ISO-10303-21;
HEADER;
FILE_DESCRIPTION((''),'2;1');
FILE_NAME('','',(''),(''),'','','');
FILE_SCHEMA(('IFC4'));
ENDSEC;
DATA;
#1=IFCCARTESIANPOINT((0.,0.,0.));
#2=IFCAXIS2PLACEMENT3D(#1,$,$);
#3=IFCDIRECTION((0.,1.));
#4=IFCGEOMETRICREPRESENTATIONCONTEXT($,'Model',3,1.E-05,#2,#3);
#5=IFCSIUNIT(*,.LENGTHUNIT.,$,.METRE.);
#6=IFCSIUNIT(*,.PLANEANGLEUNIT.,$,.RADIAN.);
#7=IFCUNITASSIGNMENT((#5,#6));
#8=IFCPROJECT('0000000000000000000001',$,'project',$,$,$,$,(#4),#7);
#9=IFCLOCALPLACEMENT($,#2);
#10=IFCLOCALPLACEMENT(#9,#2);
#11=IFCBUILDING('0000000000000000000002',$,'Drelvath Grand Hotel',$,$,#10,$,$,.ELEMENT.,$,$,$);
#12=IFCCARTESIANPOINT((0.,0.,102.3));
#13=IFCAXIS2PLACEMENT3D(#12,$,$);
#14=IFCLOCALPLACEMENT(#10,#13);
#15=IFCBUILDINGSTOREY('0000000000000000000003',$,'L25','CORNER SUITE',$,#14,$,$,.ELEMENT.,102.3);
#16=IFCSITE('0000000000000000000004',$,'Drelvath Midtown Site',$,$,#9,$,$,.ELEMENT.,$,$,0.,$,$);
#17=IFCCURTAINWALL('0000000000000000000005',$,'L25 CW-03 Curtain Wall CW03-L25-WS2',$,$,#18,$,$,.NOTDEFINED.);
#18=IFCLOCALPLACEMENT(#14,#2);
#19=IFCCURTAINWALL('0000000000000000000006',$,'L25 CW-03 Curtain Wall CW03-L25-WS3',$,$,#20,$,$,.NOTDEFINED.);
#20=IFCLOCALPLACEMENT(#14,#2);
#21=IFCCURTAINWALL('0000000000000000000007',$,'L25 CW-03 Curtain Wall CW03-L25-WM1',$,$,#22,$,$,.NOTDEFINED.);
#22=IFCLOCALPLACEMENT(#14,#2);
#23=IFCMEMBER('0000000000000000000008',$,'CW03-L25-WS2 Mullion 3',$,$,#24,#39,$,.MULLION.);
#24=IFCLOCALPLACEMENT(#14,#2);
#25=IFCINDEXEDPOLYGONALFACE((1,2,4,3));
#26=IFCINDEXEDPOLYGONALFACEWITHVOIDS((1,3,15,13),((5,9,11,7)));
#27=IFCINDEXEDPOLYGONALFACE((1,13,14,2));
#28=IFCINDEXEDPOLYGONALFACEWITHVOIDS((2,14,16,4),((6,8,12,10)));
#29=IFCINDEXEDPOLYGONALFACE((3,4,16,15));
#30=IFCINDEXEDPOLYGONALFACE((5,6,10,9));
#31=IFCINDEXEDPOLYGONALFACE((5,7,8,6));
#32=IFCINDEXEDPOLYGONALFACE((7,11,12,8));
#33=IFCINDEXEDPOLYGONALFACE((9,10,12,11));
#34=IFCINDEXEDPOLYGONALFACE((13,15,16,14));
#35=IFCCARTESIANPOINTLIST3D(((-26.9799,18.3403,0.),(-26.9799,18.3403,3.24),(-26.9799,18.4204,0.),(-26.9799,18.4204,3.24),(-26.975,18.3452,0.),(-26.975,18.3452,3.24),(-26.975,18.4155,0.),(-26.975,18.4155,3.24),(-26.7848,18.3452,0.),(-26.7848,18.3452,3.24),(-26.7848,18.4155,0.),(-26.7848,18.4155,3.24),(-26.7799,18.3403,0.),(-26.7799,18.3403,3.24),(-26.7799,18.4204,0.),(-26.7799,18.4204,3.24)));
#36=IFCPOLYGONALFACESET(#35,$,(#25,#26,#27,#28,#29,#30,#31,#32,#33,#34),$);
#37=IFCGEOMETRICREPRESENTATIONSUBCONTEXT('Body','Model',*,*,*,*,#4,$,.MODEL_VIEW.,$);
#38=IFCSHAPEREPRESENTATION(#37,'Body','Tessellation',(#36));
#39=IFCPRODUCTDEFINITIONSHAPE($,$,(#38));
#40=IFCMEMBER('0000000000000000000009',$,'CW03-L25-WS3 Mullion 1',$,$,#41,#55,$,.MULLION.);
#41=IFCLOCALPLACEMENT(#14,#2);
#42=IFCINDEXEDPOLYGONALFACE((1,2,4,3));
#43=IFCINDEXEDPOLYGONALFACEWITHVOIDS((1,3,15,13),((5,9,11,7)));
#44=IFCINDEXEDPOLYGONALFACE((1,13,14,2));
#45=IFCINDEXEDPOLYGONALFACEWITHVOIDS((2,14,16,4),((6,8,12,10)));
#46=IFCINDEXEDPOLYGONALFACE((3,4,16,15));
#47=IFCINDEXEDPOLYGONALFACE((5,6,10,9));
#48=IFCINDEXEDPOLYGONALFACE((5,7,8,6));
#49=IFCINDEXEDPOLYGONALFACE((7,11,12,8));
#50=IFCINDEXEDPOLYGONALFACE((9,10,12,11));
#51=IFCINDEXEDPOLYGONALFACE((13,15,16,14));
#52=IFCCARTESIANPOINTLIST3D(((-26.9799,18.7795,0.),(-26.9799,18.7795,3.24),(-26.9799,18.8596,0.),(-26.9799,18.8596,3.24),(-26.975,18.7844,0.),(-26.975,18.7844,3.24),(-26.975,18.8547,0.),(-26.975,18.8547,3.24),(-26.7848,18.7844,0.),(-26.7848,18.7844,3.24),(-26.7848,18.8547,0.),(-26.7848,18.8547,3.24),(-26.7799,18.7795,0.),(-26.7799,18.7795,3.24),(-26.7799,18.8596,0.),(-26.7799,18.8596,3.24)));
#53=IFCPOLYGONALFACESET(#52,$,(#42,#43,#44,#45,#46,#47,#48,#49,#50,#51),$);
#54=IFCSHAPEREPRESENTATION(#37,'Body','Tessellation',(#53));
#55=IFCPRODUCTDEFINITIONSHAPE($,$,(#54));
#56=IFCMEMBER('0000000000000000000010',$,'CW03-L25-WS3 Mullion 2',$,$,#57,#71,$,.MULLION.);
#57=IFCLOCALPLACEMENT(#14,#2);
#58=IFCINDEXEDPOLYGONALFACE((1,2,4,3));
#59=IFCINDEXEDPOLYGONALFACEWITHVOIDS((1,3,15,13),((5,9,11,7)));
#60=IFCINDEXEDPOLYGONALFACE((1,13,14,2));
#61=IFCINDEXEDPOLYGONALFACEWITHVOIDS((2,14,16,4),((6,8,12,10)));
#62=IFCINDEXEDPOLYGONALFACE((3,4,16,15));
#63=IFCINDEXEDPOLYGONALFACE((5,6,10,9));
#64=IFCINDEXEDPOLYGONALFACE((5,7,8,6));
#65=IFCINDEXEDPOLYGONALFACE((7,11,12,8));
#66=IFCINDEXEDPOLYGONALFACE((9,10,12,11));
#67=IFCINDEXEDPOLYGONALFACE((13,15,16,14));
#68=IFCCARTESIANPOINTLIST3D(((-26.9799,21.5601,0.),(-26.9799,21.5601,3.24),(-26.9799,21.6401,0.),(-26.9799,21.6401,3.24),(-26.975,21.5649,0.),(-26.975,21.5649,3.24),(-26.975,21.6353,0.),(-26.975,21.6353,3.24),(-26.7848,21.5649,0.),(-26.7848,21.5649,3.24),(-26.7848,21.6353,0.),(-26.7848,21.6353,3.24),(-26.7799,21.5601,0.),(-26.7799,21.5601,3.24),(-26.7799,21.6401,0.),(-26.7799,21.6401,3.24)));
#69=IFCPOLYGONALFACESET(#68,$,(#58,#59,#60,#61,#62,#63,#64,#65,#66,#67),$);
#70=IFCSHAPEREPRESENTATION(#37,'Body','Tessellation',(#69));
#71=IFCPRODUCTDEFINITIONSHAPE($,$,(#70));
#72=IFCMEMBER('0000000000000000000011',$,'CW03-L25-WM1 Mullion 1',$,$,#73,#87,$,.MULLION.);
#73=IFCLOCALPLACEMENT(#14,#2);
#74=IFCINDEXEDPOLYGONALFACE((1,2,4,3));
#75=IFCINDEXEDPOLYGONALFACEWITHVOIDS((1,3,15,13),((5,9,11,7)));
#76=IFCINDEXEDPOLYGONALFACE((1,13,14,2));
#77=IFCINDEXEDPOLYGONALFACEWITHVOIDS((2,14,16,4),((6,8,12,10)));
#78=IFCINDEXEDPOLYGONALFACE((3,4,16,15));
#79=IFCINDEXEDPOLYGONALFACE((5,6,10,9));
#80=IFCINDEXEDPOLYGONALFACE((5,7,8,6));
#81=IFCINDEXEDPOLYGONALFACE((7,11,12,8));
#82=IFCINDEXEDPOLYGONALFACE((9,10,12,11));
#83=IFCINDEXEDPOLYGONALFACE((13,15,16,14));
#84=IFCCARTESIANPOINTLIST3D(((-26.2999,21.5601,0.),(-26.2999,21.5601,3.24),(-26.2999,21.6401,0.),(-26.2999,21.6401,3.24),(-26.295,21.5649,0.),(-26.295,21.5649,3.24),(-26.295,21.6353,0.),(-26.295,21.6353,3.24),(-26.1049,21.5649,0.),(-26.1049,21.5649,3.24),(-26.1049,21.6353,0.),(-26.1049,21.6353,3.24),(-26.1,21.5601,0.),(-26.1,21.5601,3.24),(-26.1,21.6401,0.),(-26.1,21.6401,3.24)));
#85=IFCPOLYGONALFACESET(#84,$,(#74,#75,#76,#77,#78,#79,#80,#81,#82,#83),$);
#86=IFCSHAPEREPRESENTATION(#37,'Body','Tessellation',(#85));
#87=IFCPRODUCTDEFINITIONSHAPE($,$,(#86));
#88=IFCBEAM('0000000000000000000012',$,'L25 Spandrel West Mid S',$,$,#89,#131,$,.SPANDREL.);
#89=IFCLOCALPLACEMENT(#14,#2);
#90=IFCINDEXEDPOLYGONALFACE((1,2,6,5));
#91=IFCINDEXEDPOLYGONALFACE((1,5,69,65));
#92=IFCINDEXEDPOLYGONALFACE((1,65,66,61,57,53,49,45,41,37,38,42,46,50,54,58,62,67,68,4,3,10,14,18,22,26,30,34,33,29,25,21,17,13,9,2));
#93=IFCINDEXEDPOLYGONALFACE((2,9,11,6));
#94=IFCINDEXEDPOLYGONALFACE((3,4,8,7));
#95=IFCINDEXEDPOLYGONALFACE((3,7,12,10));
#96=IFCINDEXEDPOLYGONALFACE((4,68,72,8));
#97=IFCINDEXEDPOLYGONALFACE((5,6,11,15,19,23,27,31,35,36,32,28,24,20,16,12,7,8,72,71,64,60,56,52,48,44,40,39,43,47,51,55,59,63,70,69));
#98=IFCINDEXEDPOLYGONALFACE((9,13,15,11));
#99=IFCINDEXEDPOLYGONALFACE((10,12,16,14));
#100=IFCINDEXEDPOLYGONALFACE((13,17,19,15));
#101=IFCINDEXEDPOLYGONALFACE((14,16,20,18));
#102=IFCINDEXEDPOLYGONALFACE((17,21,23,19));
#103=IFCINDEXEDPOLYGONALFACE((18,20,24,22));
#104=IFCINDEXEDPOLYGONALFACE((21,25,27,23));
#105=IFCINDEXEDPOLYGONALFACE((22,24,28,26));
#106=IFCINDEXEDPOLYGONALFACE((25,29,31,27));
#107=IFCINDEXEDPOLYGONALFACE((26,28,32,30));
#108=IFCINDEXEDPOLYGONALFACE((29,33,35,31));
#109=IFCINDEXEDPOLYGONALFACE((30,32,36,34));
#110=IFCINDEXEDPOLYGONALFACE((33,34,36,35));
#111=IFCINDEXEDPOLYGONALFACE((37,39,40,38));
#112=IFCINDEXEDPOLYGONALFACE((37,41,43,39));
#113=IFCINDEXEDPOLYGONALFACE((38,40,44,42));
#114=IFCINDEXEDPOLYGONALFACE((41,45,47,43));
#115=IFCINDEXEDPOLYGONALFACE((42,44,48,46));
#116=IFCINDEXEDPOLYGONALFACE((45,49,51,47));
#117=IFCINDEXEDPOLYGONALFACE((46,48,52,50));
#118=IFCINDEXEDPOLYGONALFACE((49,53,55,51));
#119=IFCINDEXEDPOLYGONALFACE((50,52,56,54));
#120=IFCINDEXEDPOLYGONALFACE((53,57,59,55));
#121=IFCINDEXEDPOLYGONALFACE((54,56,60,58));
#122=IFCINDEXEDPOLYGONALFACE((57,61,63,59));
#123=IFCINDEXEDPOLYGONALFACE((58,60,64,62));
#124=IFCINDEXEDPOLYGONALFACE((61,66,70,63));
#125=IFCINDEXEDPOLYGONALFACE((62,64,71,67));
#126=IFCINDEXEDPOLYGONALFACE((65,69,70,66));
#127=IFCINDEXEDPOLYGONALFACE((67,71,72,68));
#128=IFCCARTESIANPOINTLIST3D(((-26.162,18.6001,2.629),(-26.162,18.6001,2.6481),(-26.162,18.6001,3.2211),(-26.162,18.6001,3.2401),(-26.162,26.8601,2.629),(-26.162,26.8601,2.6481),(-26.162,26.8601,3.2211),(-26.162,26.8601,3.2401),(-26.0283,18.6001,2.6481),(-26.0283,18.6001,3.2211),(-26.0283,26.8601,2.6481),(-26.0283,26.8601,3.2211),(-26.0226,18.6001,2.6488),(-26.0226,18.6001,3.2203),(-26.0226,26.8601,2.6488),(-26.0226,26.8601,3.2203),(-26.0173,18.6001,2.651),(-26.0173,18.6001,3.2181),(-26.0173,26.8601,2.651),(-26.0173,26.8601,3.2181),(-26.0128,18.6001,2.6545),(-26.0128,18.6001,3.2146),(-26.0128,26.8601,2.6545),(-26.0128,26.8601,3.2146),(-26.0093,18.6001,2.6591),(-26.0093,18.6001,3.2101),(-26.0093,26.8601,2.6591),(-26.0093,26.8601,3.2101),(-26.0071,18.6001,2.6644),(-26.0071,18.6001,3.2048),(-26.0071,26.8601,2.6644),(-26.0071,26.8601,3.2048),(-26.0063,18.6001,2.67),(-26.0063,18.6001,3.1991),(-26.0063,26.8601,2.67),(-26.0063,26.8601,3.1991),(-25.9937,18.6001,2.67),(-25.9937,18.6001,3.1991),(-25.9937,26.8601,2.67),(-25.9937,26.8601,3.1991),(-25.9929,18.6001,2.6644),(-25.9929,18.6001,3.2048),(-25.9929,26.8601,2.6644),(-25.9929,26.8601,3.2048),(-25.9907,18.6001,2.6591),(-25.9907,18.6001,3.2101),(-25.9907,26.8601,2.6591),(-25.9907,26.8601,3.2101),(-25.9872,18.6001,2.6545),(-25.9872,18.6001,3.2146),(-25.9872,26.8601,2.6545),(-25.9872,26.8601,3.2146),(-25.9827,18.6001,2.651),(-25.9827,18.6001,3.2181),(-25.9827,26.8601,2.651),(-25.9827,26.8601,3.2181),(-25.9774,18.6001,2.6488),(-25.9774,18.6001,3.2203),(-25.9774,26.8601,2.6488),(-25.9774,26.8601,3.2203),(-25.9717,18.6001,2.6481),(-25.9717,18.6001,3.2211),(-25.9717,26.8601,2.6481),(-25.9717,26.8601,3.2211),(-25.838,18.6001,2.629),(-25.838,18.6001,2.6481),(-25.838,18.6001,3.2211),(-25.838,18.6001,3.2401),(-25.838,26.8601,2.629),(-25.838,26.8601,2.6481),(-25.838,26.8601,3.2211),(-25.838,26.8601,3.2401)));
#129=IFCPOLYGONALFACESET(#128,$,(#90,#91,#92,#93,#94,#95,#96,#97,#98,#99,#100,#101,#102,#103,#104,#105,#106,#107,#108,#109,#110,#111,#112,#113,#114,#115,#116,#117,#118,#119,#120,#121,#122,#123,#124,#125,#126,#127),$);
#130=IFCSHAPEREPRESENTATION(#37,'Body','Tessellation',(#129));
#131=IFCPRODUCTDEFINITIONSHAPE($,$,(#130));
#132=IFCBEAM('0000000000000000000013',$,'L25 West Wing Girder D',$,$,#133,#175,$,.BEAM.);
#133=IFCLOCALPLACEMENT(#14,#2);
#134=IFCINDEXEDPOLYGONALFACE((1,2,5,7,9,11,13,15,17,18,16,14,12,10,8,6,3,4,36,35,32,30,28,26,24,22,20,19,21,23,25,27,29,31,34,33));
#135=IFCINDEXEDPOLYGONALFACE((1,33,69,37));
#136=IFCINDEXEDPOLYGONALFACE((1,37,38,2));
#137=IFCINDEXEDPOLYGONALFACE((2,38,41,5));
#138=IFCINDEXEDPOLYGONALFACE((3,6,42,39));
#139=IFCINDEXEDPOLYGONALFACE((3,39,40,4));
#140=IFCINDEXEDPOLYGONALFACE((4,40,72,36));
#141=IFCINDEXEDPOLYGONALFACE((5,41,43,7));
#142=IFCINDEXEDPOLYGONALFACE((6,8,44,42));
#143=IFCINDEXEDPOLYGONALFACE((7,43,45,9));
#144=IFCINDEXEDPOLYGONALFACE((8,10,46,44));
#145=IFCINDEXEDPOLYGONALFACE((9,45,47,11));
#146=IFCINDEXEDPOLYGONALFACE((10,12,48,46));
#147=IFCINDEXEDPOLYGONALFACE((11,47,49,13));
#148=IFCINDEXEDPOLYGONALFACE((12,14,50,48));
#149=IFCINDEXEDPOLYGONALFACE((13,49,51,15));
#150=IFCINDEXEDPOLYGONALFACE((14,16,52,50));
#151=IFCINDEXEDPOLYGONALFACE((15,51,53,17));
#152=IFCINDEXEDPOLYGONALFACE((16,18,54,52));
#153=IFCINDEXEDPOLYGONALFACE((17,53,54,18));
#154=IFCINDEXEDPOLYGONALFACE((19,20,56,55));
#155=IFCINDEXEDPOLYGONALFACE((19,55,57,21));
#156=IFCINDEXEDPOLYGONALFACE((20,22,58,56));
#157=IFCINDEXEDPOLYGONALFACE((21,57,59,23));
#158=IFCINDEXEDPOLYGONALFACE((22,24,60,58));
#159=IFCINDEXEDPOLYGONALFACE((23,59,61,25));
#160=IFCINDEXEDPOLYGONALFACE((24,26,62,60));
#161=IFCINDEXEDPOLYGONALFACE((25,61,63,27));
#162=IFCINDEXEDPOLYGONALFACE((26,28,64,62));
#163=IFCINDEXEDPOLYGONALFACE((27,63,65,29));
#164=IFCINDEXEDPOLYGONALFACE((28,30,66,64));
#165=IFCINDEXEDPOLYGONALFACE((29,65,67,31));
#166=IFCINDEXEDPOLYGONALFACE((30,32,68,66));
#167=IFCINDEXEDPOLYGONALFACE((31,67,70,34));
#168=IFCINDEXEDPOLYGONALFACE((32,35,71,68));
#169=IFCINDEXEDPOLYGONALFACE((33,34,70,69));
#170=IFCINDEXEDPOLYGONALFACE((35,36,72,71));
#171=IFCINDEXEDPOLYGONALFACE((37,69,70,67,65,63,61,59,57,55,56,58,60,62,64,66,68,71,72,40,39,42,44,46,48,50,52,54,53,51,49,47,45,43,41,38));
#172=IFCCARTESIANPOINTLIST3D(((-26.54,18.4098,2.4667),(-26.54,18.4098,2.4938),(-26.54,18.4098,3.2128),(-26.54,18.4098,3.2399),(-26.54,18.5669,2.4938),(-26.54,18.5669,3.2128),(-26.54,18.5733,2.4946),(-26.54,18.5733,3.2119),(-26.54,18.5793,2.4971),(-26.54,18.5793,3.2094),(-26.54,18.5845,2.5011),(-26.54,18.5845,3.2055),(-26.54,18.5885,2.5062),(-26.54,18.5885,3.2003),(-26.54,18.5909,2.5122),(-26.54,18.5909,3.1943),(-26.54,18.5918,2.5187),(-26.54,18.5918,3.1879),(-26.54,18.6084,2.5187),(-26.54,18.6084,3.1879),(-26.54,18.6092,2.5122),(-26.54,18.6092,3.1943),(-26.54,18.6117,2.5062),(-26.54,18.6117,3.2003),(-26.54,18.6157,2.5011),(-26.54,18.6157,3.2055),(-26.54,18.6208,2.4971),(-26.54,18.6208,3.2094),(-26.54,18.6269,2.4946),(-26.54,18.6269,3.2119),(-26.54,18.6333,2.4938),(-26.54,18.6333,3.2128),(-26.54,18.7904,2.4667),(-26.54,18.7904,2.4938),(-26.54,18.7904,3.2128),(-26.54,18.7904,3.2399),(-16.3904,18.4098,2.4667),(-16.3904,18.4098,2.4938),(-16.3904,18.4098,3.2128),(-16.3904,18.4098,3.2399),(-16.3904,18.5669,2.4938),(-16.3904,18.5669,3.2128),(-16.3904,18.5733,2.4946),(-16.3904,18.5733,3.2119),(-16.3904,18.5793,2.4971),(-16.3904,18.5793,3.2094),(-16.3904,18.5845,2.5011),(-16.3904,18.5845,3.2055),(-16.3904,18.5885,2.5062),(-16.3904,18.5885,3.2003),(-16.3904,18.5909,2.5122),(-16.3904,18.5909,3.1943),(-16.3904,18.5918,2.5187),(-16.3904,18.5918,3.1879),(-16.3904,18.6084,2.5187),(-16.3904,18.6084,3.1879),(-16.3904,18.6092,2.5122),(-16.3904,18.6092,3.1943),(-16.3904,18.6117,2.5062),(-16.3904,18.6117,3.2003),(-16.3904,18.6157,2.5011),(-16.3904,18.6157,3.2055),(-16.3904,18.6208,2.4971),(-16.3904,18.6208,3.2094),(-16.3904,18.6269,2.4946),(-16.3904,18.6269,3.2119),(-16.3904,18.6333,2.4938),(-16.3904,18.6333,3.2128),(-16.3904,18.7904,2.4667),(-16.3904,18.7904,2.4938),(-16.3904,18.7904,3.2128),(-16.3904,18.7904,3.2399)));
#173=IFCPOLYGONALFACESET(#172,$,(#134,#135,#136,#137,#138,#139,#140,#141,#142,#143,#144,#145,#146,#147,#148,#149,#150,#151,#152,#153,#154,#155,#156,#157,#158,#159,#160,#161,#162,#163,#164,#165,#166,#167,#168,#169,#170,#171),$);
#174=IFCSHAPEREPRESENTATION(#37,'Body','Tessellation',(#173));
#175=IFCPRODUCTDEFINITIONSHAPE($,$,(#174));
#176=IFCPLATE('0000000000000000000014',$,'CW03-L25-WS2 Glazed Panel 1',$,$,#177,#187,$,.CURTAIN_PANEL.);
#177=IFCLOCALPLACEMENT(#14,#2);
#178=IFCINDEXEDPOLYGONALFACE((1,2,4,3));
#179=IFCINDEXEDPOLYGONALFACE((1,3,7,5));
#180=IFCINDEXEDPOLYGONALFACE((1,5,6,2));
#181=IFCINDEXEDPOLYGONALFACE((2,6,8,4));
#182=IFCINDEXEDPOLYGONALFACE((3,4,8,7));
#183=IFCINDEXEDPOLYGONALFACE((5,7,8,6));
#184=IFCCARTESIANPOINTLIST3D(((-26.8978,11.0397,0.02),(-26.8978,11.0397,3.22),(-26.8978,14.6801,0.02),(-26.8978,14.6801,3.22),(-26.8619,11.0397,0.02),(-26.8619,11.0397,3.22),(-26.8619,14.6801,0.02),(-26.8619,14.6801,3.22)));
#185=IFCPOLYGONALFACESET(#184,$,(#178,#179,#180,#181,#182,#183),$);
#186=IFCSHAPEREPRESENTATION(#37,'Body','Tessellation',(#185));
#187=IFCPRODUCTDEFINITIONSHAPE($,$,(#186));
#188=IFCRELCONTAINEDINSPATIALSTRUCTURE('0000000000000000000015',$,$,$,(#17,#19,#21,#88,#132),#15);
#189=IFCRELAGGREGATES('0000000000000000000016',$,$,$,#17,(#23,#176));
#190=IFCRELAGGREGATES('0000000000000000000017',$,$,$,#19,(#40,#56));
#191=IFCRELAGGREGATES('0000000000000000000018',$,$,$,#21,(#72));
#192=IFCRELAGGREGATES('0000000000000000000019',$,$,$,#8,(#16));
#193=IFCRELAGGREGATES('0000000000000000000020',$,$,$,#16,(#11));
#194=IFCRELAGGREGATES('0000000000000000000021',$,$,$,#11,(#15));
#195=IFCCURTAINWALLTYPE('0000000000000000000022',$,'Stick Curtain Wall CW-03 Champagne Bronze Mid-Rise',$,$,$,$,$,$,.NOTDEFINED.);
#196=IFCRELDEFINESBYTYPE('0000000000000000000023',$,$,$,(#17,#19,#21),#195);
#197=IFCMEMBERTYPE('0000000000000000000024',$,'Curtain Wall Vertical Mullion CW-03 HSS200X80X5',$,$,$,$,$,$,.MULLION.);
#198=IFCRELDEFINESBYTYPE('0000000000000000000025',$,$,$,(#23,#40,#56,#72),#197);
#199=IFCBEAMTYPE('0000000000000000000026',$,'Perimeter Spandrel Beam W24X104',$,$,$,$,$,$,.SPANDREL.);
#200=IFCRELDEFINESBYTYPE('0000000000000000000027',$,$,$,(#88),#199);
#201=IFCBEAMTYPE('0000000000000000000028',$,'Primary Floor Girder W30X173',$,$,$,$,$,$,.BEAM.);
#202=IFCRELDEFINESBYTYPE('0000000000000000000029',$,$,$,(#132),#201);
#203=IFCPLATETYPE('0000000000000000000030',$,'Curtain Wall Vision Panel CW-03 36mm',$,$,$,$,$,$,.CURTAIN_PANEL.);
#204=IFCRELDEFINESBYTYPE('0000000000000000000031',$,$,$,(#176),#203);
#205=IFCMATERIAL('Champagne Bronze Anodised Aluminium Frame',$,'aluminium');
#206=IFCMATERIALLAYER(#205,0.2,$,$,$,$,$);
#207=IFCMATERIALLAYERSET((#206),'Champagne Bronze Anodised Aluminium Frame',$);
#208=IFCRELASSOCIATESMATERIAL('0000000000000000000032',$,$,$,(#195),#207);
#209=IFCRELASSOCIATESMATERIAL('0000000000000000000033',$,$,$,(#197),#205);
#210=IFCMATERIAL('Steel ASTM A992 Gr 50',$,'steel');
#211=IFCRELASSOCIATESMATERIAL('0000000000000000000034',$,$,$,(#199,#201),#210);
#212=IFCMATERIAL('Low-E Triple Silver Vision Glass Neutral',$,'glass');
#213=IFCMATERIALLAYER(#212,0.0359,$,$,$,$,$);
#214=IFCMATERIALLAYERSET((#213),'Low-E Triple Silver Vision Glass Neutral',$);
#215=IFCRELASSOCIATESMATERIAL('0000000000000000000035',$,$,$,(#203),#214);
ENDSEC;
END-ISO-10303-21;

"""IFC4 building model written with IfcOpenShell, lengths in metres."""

from ifc_helpers import new_model, si_unit, direction, frame, origin, origin_2d, place, context, subcontext, project, spatial, rectangle, hollow_rectangle, i_section, extrude, material, layer, layer_set, material_profile, profile_set, type_object, element, aggregate, save


model = new_model("IFC4")

# Units and contexts
model_context = context("Model", 3, precision=1e-05, world=origin(), true_north=direction((0.0, 1.0)))
body_context = subcontext(model_context, "Body", "Model", "MODEL_VIEW")
ifc_project = project(units=[si_unit("LENGTHUNIT", "METRE"), si_unit("PLANEANGLEUNIT", "RADIAN")], contexts=[model_context])

# Site, building, storey
site_placement = place(None, origin())
site = spatial("IfcSite", under=ifc_project, at=site_placement, Name="Drelvath Midtown Site", CompositionType="ELEMENT", RefElevation=0.0)
building_placement = place(site_placement, origin())
building = spatial("IfcBuilding", under=site, at=building_placement, Name="Drelvath Grand Hotel", CompositionType="ELEMENT")
storey_placement = place(building_placement, frame((0.0, 0.0, 102.3)))
storey = spatial("IfcBuildingStorey", under=building, at=storey_placement, Name="L25", Description="CORNER SUITE", CompositionType="ELEMENT", Elevation=102.3)

# Shared definitions
ifc_material_1 = material(Name="Steel ASTM A992 Gr 50", Category="steel")

# Curtain walls
ifc_material_2 = material(Name="Champagne Bronze Anodised Aluminium Frame", Category="aluminium")
ifc_layer_1 = layer(ifc_material_2, 0.2)
ifc_layer_set_1 = layer_set([ifc_layer_1], Name="Champagne Bronze Anodised Aluminium Frame")
curtain_wall_type = type_object("IfcCurtainWallType", Name="Stick Curtain Wall CW-03 Champagne Bronze Mid-Rise", PredefinedType="NOTDEFINED", material=ifc_layer_set_1)
curtain_wall_1_placement = place(storey_placement, origin())
curtain_wall_1 = element("IfcCurtainWall", 1, at=curtain_wall_1_placement, inside=storey, type_object=curtain_wall_type, Name="L25 CW-03 Curtain Wall CW03-L25-WS2", PredefinedType="NOTDEFINED")
curtain_wall_2_placement = place(storey_placement, origin())
curtain_wall_2 = element("IfcCurtainWall", 2, at=curtain_wall_2_placement, inside=storey, type_object=curtain_wall_type, Name="L25 CW-03 Curtain Wall CW03-L25-WS3", PredefinedType="NOTDEFINED")
curtain_wall_3_placement = place(storey_placement, origin())
curtain_wall_3 = element("IfcCurtainWall", 3, at=curtain_wall_3_placement, inside=storey, type_object=curtain_wall_type, Name="L25 CW-03 Curtain Wall CW03-L25-WM1", PredefinedType="NOTDEFINED")

# Members
ifc_material_profile_1 = material_profile(ifc_material_2, hollow_rectangle(XDim=0.0801, YDim=0.2, WallThickness=0.0049, at=origin_2d()), Name="HSS200X80X5")
ifc_profile_set_1 = profile_set([ifc_material_profile_1], Name="Champagne Bronze Anodised Aluminium Frame")
member_type_1 = type_object("IfcMemberType", Name="Curtain Wall Vertical Mullion CW-03 HSS200X80X5", PredefinedType="MULLION", material=ifc_profile_set_1)
member_1_placement = place(storey_placement, frame((-26.8799, 18.3804, 0.0), z_axis=(0.0, 0.0, 1.0), x_axis=(0.0, 1.0, 0.0)))
member_1 = element("IfcMember", 4, at=member_1_placement, type_object=member_type_1, Name="CW03-L25-WS2 Mullion 3", PredefinedType="MULLION", context=body_context, shape_type="SweptSolid", body=[
    extrude(hollow_rectangle(XDim=0.0801, YDim=0.2, WallThickness=0.0049, at=origin_2d()), origin(), (0.0, 0.0, 1.0), 3.24),
])
member_2_placement = place(storey_placement, frame((-26.8799, 18.8196, 0.0), z_axis=(0.0, 0.0, 1.0), x_axis=(0.0, 1.0, 0.0)))
member_2 = element("IfcMember", 5, at=member_2_placement, type_object=member_type_1, Name="CW03-L25-WS3 Mullion 1", PredefinedType="MULLION", context=body_context, shape_type="SweptSolid", body=[
    extrude(hollow_rectangle(XDim=0.0801, YDim=0.2, WallThickness=0.0049, at=origin_2d()), origin(), (0.0, 0.0, 1.0), 3.24),
])
member_3_placement = place(storey_placement, frame((-26.8799, 21.6001, 0.0), z_axis=(0.0, 0.0, 1.0), x_axis=(0.0, 1.0, 0.0)))
member_3 = element("IfcMember", 6, at=member_3_placement, type_object=member_type_1, Name="CW03-L25-WS3 Mullion 2", PredefinedType="MULLION", context=body_context, shape_type="SweptSolid", body=[
    extrude(hollow_rectangle(XDim=0.0801, YDim=0.2, WallThickness=0.0049, at=origin_2d()), origin(), (0.0, 0.0, 1.0), 3.24),
])
member_4_placement = place(storey_placement, frame((-26.2, 21.6001, 0.0), z_axis=(0.0, 0.0, 1.0), x_axis=(0.0, 1.0, 0.0)))
member_4 = element("IfcMember", 7, at=member_4_placement, type_object=member_type_1, Name="CW03-L25-WM1 Mullion 1", PredefinedType="MULLION", context=body_context, shape_type="SweptSolid", body=[
    extrude(hollow_rectangle(XDim=0.0801, YDim=0.2, WallThickness=0.0049, at=origin_2d()), origin(), (0.0, 0.0, 1.0), 3.24),
])

# Beams
ifc_material_profile_2 = material_profile(ifc_material_1, i_section(OverallWidth=0.324, OverallDepth=0.6111, WebThickness=0.0127, FlangeThickness=0.019, FilletRadius=0.022, at=origin_2d()), Name="W24X104")
ifc_profile_set_2 = profile_set([ifc_material_profile_2], Name="Steel ASTM A992 Gr 50")
beam_type_1 = type_object("IfcBeamType", Name="Perimeter Spandrel Beam W24X104", PredefinedType="SPANDREL", material=ifc_profile_set_2)
beam_1_placement = place(storey_placement, frame((-26.0, 18.6001, 2.9346), z_axis=(0.0, 1.0, 0.0), x_axis=(-1.0, 0.0, 0.0)))
element("IfcBeam", 8, at=beam_1_placement, inside=storey, type_object=beam_type_1, Name="L25 Spandrel West Mid S", PredefinedType="SPANDREL", context=body_context, shape_type="SweptSolid", body=[
    extrude(i_section(OverallWidth=0.324, OverallDepth=0.6111, WebThickness=0.0127, FlangeThickness=0.019, FilletRadius=0.022, at=origin_2d()), origin(), (0.0, 0.0, 1.0), 8.26),
])
ifc_material_profile_3 = material_profile(ifc_material_1, i_section(OverallWidth=0.3806, OverallDepth=0.7732, WebThickness=0.0166, FlangeThickness=0.0271, FilletRadius=0.0249, at=origin_2d()), Name="W30X173")
ifc_profile_set_3 = profile_set([ifc_material_profile_3], Name="Steel ASTM A992 Gr 50")
beam_type_2 = type_object("IfcBeamType", Name="Primary Floor Girder W30X173", PredefinedType="BEAM", material=ifc_profile_set_3)
beam_2_placement = place(storey_placement, frame((-26.54, 18.6001, 2.8533), z_axis=(1.0, 0.0, 0.0), x_axis=(0.0, 1.0, 0.0)))
element("IfcBeam", 9, at=beam_2_placement, inside=storey, type_object=beam_type_2, Name="L25 West Wing Girder D", PredefinedType="BEAM", context=body_context, shape_type="SweptSolid", body=[
    extrude(i_section(OverallWidth=0.3806, OverallDepth=0.7732, WebThickness=0.0166, FlangeThickness=0.0271, FilletRadius=0.0249, at=origin_2d()), origin(), (0.0, 0.0, 1.0), 10.1497),
])

# Plate
ifc_material_3 = material(Name="Low-E Triple Silver Vision Glass Neutral", Category="glass")
ifc_layer_2 = layer(ifc_material_3, 0.0359)
ifc_layer_set_2 = layer_set([ifc_layer_2], Name="Low-E Triple Silver Vision Glass Neutral")
plate_type = type_object("IfcPlateType", Name="Curtain Wall Vision Panel CW-03 36mm", PredefinedType="CURTAIN_PANEL", material=ifc_layer_set_2)
plate_1_placement = place(storey_placement, frame((-26.8799, 12.8599, 0.02), z_axis=(0.0, 0.0, 1.0), x_axis=(0.0, 1.0, 0.0)))
plate_1 = element("IfcPlate", 10, at=plate_1_placement, type_object=plate_type, Name="CW03-L25-WS2 Glazed Panel 1", PredefinedType="CURTAIN_PANEL", context=body_context, shape_type="SweptSolid", body=[
    extrude(rectangle(XDim=3.6404, YDim=0.0359, at=origin_2d()), origin(), (0.0, 0.0, 1.0), 3.2),
])
aggregate(curtain_wall_1, [member_1, plate_1])
aggregate(curtain_wall_2, [member_2, member_3])
aggregate(curtain_wall_3, [member_4])

save(model, "model.ifc")
